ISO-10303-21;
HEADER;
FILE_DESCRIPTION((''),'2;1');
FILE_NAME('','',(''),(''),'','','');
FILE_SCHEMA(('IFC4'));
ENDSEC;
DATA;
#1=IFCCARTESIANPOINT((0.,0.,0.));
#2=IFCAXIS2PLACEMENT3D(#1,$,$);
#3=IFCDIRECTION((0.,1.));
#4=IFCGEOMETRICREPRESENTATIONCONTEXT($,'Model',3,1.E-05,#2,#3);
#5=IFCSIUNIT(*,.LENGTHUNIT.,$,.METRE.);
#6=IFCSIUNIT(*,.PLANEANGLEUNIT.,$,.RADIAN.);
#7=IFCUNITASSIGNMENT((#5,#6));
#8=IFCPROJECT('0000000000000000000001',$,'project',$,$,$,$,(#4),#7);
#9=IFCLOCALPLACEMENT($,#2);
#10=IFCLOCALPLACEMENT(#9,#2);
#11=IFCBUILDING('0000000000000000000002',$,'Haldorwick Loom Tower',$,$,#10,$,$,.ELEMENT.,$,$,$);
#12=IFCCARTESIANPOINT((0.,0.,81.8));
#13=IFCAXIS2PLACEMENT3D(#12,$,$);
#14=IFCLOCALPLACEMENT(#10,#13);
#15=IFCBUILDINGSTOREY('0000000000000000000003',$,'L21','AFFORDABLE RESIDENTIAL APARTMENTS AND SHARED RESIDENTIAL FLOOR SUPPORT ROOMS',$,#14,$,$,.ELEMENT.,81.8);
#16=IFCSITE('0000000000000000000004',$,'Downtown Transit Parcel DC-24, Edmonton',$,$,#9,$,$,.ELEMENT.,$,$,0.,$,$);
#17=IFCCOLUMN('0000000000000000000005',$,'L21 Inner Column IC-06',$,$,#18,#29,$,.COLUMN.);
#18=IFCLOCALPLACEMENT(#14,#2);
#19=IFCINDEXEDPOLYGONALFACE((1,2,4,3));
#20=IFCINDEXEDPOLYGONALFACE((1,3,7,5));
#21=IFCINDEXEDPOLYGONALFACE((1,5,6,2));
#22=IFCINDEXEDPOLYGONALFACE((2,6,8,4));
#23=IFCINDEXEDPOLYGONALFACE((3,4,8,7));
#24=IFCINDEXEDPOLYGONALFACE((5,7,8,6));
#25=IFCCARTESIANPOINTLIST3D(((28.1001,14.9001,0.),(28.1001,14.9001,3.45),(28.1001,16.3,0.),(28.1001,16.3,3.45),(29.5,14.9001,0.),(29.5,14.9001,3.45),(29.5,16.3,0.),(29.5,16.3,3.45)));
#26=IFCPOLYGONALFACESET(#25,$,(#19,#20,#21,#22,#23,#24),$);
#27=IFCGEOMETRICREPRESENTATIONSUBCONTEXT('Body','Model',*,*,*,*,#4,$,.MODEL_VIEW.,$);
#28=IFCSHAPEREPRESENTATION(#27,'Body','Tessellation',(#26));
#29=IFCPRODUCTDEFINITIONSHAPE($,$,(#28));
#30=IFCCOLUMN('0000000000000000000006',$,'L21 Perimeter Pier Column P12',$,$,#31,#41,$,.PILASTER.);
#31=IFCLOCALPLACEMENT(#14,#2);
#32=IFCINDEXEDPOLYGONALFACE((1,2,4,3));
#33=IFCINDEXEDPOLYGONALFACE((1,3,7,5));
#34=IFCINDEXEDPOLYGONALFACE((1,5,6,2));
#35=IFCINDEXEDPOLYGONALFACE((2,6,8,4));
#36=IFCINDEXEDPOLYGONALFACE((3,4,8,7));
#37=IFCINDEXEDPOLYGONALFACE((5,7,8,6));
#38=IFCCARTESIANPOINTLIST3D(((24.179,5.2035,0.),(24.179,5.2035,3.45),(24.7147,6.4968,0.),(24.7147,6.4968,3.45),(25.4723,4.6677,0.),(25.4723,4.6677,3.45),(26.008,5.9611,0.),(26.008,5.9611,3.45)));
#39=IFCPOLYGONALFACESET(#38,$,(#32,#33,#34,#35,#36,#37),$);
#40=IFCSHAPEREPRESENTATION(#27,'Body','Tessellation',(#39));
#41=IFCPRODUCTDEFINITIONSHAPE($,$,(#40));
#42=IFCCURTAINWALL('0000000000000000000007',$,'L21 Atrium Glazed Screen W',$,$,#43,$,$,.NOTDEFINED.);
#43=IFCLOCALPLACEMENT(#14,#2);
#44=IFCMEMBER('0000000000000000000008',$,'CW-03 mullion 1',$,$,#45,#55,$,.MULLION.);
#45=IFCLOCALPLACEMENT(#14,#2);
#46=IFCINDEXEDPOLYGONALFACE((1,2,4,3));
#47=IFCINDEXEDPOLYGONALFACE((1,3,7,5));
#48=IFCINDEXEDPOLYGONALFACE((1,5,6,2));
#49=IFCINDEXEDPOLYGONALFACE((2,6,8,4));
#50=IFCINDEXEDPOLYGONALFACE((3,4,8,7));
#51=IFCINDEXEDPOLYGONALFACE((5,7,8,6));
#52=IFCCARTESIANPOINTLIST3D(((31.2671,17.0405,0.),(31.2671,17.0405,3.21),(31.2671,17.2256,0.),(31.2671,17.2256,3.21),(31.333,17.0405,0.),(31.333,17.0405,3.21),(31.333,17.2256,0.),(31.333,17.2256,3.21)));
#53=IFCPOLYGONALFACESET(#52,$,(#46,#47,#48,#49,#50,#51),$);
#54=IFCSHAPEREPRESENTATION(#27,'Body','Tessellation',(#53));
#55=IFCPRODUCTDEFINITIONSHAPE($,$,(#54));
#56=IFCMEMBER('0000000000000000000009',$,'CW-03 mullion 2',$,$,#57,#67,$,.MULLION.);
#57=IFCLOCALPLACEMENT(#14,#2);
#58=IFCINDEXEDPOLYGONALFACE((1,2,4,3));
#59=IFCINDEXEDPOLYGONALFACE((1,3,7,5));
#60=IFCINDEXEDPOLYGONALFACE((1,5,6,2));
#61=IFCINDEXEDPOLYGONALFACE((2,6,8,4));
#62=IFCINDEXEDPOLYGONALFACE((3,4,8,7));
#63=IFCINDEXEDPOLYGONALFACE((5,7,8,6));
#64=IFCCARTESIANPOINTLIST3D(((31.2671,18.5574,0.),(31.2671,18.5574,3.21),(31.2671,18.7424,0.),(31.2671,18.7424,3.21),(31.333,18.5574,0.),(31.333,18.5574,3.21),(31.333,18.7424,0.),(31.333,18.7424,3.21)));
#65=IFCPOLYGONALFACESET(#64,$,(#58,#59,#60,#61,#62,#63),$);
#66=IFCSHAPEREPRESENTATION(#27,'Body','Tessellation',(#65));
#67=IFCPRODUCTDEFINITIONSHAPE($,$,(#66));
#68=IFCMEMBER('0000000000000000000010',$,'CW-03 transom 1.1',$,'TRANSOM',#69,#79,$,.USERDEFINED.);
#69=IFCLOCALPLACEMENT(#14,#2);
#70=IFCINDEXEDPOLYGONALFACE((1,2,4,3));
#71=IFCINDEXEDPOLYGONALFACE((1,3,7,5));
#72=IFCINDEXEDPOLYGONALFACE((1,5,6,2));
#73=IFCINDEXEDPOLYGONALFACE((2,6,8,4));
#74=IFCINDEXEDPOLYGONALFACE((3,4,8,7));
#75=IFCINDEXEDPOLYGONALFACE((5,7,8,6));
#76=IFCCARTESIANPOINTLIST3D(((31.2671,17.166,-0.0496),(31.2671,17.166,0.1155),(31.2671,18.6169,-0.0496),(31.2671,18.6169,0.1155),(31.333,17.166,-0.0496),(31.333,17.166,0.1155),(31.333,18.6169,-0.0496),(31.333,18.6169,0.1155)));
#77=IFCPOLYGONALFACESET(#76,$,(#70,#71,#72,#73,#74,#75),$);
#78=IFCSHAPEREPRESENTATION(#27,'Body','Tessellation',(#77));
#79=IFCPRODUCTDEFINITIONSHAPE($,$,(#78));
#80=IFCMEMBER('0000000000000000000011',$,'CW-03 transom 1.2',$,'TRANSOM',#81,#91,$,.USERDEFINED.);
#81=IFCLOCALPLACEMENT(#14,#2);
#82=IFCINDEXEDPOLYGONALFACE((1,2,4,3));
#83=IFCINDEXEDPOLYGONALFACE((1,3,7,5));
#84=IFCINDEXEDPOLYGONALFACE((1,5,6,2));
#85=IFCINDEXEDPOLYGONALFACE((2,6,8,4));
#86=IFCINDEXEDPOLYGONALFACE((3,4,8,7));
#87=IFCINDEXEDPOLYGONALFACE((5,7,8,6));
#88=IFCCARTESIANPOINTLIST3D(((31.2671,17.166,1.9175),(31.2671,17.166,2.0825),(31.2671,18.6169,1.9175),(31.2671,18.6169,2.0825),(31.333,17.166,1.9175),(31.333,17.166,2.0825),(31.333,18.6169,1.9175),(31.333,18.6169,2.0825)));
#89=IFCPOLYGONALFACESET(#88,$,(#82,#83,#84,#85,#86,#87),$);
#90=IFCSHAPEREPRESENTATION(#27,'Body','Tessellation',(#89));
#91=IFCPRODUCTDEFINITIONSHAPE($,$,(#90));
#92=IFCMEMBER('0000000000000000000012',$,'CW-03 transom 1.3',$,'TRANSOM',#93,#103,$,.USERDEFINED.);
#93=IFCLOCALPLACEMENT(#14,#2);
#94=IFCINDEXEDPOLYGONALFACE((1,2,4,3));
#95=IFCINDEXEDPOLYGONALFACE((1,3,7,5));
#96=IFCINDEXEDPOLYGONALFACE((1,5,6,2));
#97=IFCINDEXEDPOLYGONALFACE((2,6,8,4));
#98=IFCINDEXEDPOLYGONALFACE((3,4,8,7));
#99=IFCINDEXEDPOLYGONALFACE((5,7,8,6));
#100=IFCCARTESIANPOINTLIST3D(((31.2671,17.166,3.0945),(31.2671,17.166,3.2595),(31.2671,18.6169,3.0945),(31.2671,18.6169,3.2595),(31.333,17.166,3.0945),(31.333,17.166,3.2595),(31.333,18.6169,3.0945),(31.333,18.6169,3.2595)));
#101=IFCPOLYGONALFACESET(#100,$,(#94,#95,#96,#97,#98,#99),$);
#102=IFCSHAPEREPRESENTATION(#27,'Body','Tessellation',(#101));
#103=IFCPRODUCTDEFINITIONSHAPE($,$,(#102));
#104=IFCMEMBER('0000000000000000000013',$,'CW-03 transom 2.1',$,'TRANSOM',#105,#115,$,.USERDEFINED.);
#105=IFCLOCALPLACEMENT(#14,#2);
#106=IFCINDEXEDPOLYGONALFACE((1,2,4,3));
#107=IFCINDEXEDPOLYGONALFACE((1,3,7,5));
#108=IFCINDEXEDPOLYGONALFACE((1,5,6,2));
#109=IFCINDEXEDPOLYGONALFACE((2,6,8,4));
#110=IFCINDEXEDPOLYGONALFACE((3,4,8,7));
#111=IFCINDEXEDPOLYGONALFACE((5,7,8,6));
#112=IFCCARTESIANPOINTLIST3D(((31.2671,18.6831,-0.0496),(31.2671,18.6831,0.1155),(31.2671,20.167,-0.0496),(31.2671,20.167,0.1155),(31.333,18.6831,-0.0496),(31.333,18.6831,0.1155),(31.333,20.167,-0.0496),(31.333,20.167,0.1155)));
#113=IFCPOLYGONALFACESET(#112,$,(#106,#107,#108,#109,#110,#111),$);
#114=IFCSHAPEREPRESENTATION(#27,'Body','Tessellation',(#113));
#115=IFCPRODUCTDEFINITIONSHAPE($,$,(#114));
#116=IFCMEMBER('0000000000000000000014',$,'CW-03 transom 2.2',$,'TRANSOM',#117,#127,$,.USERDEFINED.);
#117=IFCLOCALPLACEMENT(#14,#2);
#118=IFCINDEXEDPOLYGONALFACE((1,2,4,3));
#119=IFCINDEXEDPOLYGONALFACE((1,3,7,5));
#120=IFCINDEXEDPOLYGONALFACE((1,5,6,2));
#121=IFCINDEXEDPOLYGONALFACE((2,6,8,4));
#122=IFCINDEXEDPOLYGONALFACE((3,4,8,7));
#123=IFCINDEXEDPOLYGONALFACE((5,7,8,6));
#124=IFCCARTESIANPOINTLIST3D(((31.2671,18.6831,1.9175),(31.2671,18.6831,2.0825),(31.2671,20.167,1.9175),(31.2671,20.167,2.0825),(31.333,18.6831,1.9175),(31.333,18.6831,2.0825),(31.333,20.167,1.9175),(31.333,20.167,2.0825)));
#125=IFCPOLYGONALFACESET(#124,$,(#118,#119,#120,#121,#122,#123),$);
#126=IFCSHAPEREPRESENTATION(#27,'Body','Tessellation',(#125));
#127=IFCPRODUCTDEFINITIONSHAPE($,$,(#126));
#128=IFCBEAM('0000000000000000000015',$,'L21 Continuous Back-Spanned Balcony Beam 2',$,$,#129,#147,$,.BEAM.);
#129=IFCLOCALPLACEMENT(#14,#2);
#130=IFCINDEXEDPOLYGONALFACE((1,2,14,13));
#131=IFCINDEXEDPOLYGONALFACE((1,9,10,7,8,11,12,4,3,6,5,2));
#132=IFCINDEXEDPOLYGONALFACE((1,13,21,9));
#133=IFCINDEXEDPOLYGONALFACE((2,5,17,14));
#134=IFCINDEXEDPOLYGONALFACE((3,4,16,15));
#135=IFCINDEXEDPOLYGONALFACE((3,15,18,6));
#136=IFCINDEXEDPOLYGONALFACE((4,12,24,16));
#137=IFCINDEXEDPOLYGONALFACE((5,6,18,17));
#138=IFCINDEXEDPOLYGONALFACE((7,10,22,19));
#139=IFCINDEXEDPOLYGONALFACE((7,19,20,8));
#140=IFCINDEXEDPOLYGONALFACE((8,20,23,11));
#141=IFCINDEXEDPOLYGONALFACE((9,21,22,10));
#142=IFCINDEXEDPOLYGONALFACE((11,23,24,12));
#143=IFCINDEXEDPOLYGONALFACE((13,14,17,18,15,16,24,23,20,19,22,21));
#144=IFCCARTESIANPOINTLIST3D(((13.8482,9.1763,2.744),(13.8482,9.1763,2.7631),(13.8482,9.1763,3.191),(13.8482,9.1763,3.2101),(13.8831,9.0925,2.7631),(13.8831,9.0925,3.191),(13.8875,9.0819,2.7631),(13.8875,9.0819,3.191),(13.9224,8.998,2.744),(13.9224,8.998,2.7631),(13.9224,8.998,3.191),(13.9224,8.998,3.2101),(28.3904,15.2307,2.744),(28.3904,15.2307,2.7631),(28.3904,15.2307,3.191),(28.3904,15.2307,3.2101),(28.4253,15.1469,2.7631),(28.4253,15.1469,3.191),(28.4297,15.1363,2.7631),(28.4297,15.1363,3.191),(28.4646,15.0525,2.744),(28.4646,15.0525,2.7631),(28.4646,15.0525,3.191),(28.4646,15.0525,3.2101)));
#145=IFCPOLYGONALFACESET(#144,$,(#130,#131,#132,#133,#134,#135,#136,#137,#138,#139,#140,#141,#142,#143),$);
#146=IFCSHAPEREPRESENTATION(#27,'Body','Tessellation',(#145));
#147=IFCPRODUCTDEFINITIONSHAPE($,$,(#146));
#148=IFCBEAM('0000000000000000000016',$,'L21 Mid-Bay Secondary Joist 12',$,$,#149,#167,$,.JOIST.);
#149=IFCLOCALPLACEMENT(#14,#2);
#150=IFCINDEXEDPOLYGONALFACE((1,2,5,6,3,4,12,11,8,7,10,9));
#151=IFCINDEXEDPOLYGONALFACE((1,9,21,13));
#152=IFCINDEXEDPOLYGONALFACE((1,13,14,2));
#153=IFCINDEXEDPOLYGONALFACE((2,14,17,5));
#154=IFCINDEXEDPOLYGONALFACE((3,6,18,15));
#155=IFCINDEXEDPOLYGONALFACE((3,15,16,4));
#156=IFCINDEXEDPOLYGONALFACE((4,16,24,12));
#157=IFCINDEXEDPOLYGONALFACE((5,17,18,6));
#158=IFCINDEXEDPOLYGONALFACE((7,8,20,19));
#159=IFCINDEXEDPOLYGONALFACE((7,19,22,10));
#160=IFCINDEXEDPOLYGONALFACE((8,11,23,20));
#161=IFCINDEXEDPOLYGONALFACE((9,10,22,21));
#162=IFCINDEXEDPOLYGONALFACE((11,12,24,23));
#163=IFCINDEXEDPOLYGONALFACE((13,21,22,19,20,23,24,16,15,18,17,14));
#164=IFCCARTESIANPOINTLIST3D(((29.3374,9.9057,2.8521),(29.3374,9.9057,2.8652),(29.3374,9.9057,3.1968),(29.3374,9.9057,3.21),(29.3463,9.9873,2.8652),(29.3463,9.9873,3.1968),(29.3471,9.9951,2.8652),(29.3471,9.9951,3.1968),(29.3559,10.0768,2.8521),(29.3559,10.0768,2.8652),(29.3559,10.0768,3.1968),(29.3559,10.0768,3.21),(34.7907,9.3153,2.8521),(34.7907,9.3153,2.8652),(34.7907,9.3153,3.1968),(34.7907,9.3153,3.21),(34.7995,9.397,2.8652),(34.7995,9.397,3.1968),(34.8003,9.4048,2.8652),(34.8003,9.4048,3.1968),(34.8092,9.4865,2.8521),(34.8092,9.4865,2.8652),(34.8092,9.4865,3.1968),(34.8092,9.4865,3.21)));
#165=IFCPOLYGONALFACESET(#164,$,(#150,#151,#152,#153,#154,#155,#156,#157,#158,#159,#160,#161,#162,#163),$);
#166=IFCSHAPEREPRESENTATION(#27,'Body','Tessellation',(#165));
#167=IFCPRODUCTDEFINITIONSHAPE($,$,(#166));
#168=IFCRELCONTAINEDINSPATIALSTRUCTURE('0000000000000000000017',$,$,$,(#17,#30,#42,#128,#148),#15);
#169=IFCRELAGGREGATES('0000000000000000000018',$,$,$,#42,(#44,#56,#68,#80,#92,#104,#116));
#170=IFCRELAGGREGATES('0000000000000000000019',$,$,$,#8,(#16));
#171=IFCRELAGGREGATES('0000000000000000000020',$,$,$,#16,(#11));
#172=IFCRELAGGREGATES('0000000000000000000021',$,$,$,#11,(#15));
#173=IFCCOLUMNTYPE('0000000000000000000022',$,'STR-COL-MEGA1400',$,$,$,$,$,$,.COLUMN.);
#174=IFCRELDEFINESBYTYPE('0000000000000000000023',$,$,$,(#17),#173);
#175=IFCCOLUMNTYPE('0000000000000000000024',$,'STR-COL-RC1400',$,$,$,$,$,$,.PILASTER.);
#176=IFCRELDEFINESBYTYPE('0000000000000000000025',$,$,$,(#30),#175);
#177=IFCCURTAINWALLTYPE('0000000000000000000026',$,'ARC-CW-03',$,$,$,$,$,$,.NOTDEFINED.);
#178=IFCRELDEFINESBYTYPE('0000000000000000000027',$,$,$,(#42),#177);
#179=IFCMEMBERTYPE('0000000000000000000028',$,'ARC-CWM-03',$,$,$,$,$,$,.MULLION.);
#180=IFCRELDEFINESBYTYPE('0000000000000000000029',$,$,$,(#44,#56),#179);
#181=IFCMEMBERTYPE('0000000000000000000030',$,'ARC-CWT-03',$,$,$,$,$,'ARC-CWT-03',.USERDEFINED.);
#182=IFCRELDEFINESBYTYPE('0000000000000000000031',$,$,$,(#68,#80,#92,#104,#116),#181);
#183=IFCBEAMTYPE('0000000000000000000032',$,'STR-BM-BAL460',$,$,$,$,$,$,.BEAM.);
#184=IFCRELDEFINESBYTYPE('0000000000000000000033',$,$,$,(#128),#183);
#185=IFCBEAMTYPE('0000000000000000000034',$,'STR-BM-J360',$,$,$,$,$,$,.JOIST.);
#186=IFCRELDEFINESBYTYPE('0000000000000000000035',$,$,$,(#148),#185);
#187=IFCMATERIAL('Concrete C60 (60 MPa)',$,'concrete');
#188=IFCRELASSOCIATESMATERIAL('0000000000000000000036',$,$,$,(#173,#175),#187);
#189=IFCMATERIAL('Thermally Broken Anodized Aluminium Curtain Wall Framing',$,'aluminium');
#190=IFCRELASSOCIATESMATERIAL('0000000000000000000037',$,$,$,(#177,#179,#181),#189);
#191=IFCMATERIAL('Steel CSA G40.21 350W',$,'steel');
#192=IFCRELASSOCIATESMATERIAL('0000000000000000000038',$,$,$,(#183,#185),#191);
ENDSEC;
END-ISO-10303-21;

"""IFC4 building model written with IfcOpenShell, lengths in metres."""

from ifc_helpers import new_model, si_unit, direction, frame, origin, origin_2d, place, context, subcontext, project, spatial, rectangle, i_section, extrude, material, material_profile, profile_set, type_object, element, aggregate, save


model = new_model("IFC4")

# Units and contexts
model_context = context("Model", 3, precision=1e-05, world=origin(), true_north=direction((0.0, 1.0)))
body_context = subcontext(model_context, "Body", "Model", "MODEL_VIEW")
ifc_project = project(units=[si_unit("LENGTHUNIT", "METRE"), si_unit("PLANEANGLEUNIT", "RADIAN")], contexts=[model_context])

# Site, building, storey
site_placement = place(None, origin())
site = spatial("IfcSite", under=ifc_project, at=site_placement, Name="Downtown Transit Parcel DC-24, Edmonton", CompositionType="ELEMENT", RefElevation=0.0)
building_placement = place(site_placement, origin())
building = spatial("IfcBuilding", under=site, at=building_placement, Name="Haldorwick Loom Tower", CompositionType="ELEMENT")
storey_placement = place(building_placement, frame((0.0, 0.0, 81.8)))
storey = spatial("IfcBuildingStorey", under=building, at=storey_placement, Name="L21", Description="AFFORDABLE RESIDENTIAL APARTMENTS AND SHARED RESIDENTIAL FLOOR SUPPORT ROOMS", CompositionType="ELEMENT", Elevation=81.8)

# Columns
ifc_material_1 = material(Name="Concrete C60 (60 MPa)", Category="concrete")
ifc_material_profile_1 = material_profile(ifc_material_1, rectangle(XDim=1.3999, YDim=1.3999, at=origin_2d()), Name="RC1400X1400", Category="concrete")
ifc_profile_set_1 = profile_set([ifc_material_profile_1], Name="Concrete C60 (60 MPa)")
column_type_1 = type_object("IfcColumnType", Name="STR-COL-MEGA1400", PredefinedType="COLUMN", material=ifc_profile_set_1)
column_1_placement = place(storey_placement, frame((28.8, 15.6001, 0.0), z_axis=(0.0, 0.0, 1.0), x_axis=(1.0, 0.0, 0.0)))
element("IfcColumn", 1, at=column_1_placement, inside=storey, type_object=column_type_1, Name="L21 Inner Column IC-06", PredefinedType="COLUMN", context=body_context, shape_type="SweptSolid", body=[
    extrude(rectangle(XDim=1.3999, YDim=1.3999, at=origin_2d()), origin(), (0.0, 0.0, 1.0), 3.45),
])
ifc_material_profile_2 = material_profile(ifc_material_1, rectangle(XDim=1.3999, YDim=1.3999, at=origin_2d()), Name="RC1400X1400", Category="concrete")
ifc_profile_set_2 = profile_set([ifc_material_profile_2], Name="Concrete C60 (60 MPa)")
column_type_2 = type_object("IfcColumnType", Name="STR-COL-RC1400", PredefinedType="PILASTER", material=ifc_profile_set_2)
column_2_placement = place(storey_placement, frame((25.0935, 5.5823, 0.0), z_axis=(0.0, 0.0, 1.0), x_axis=(-0.382683, -0.92388, 0.0)))
element("IfcColumn", 2, at=column_2_placement, inside=storey, type_object=column_type_2, Name="L21 Perimeter Pier Column P12", PredefinedType="PILASTER", context=body_context, shape_type="SweptSolid", body=[
    extrude(rectangle(XDim=1.3999, YDim=1.3999, at=origin_2d()), origin(), (0.0, 0.0, 1.0), 3.45),
])

# Curtain wall, members
ifc_material_2 = material(Name="Thermally Broken Anodized Aluminium Curtain Wall Framing", Category="aluminium")
curtain_wall_type = type_object("IfcCurtainWallType", Name="ARC-CW-03", PredefinedType="NOTDEFINED", material=ifc_material_2)
curtain_wall_placement = place(storey_placement, origin())
curtain_wall = element("IfcCurtainWall", 3, at=curtain_wall_placement, inside=storey, type_object=curtain_wall_type, Name="L21 Atrium Glazed Screen W", PredefinedType="NOTDEFINED")
ifc_material_profile_3 = material_profile(ifc_material_2, rectangle(XDim=0.0659, YDim=0.1851, at=origin_2d()), Name="ALU_MUL_66X185", Category="aluminium")
ifc_profile_set_3 = profile_set([ifc_material_profile_3], Name="Thermally Broken Anodized Aluminium Curtain Wall Framing")
member_type_1 = type_object("IfcMemberType", Name="ARC-CWM-03", PredefinedType="MULLION", material=ifc_profile_set_3)
member_1_placement = place(storey_placement, frame((31.3, 17.1331, 0.0), z_axis=(0.0, 0.0, 1.0), x_axis=(-1.0, 0.0, 0.0)))
member_1 = element("IfcMember", 4, at=member_1_placement, type_object=member_type_1, Name="CW-03 mullion 1", PredefinedType="MULLION", context=body_context, shape_type="SweptSolid", body=[
    extrude(rectangle(XDim=0.0659, YDim=0.1851, at=origin_2d()), origin(), (0.0, 0.0, 1.0), 3.21),
])
member_2_placement = place(storey_placement, frame((31.3, 18.6499, 0.0), z_axis=(0.0, 0.0, 1.0), x_axis=(-1.0, 0.0, 0.0)))
member_2 = element("IfcMember", 5, at=member_2_placement, type_object=member_type_1, Name="CW-03 mullion 2", PredefinedType="MULLION", context=body_context, shape_type="SweptSolid", body=[
    extrude(rectangle(XDim=0.0659, YDim=0.1851, at=origin_2d()), origin(), (0.0, 0.0, 1.0), 3.21),
])
ifc_material_profile_4 = material_profile(ifc_material_2, rectangle(XDim=0.0659, YDim=0.165, at=origin_2d()), Name="ALU_TRN_66X165", Category="aluminium")
ifc_profile_set_4 = profile_set([ifc_material_profile_4], Name="Thermally Broken Anodized Aluminium Curtain Wall Framing")
member_type_2 = type_object("IfcMemberType", Name="ARC-CWT-03", ElementType="ARC-CWT-03", PredefinedType="USERDEFINED", material=ifc_profile_set_4)
member_3_placement = place(storey_placement, frame((31.3, 17.166, 0.033), z_axis=(0.0, 1.0, 0.0), x_axis=(-1.0, 0.0, 0.0)))
member_3 = element("IfcMember", 6, at=member_3_placement, type_object=member_type_2, Name="CW-03 transom 1.1", ObjectType="TRANSOM", PredefinedType="USERDEFINED", context=body_context, shape_type="SweptSolid", body=[
    extrude(rectangle(XDim=0.0659, YDim=0.165, at=origin_2d()), origin(), (0.0, 0.0, 1.0), 1.4509),
])
member_4_placement = place(storey_placement, frame((31.3, 17.166, 2.0), z_axis=(0.0, 1.0, 0.0), x_axis=(-1.0, 0.0, 0.0)))
member_4 = element("IfcMember", 7, at=member_4_placement, type_object=member_type_2, Name="CW-03 transom 1.2", ObjectType="TRANSOM", PredefinedType="USERDEFINED", context=body_context, shape_type="SweptSolid", body=[
    extrude(rectangle(XDim=0.0659, YDim=0.165, at=origin_2d()), origin(), (0.0, 0.0, 1.0), 1.4509),
])
member_5_placement = place(storey_placement, frame((31.3, 17.166, 3.177), z_axis=(0.0, 1.0, 0.0), x_axis=(-1.0, 0.0, 0.0)))
member_5 = element("IfcMember", 8, at=member_5_placement, type_object=member_type_2, Name="CW-03 transom 1.3", ObjectType="TRANSOM", PredefinedType="USERDEFINED", context=body_context, shape_type="SweptSolid", body=[
    extrude(rectangle(XDim=0.0659, YDim=0.165, at=origin_2d()), origin(), (0.0, 0.0, 1.0), 1.4509),
])
member_6_placement = place(storey_placement, frame((31.3, 18.6831, 0.033), z_axis=(0.0, 1.0, 0.0), x_axis=(-1.0, 0.0, 0.0)))
member_6 = element("IfcMember", 9, at=member_6_placement, type_object=member_type_2, Name="CW-03 transom 2.1", ObjectType="TRANSOM", PredefinedType="USERDEFINED", context=body_context, shape_type="SweptSolid", body=[
    extrude(rectangle(XDim=0.0659, YDim=0.165, at=origin_2d()), origin(), (0.0, 0.0, 1.0), 1.4839),
])
member_7_placement = place(storey_placement, frame((31.3, 18.6831, 2.0), z_axis=(0.0, 1.0, 0.0), x_axis=(-1.0, 0.0, 0.0)))
member_7 = element("IfcMember", 10, at=member_7_placement, type_object=member_type_2, Name="CW-03 transom 2.2", ObjectType="TRANSOM", PredefinedType="USERDEFINED", context=body_context, shape_type="SweptSolid", body=[
    extrude(rectangle(XDim=0.0659, YDim=0.165, at=origin_2d()), origin(), (0.0, 0.0, 1.0), 1.4839),
])

# Beams
ifc_material_3 = material(Name="Steel CSA G40.21 350W", Category="steel")
ifc_material_profile_5 = material_profile(ifc_material_3, i_section(OverallWidth=0.1931, OverallDepth=0.4661, WebThickness=0.0115, FlangeThickness=0.019, at=origin_2d()), Name="W460X97", Category="steel")
ifc_profile_set_5 = profile_set([ifc_material_profile_5], Name="Steel CSA G40.21 350W")
beam_type_1 = type_object("IfcBeamType", Name="STR-BM-BAL460", PredefinedType="BEAM", material=ifc_profile_set_5)
beam_1_placement = place(storey_placement, frame((28.4275, 15.1416, 2.9771), z_axis=(-0.923186, -0.384355, 0.0), x_axis=(0.384355, -0.923186, 0.0)))
element("IfcBeam", 11, at=beam_1_placement, inside=storey, type_object=beam_type_1, Name="L21 Continuous Back-Spanned Balcony Beam 2", PredefinedType="BEAM", context=body_context, shape_type="SweptSolid", body=[
    extrude(i_section(OverallWidth=0.1931, OverallDepth=0.4661, WebThickness=0.0115, FlangeThickness=0.019, at=origin_2d()), origin(), (0.0, 0.0, 1.0), 15.7522),
])
ifc_material_profile_6 = material_profile(ifc_material_3, i_section(OverallWidth=0.1721, OverallDepth=0.3579, WebThickness=0.0078, FlangeThickness=0.0132, at=origin_2d()), Name="W360X57", Category="steel")
ifc_profile_set_6 = profile_set([ifc_material_profile_6], Name="Steel CSA G40.21 350W")
beam_type_2 = type_object("IfcBeamType", Name="STR-BM-J360", PredefinedType="JOIST", material=ifc_profile_set_6)
beam_2_placement = place(storey_placement, frame((29.3467, 9.9912, 3.031), z_axis=(0.994192, -0.107622, 0.0), x_axis=(0.107622, 0.994192, 0.0)))
element("IfcBeam", 12, at=beam_2_placement, inside=storey, type_object=beam_type_2, Name="L21 Mid-Bay Secondary Joist 12", PredefinedType="JOIST", context=body_context, shape_type="SweptSolid", body=[
    extrude(i_section(OverallWidth=0.1721, OverallDepth=0.3579, WebThickness=0.0078, FlangeThickness=0.0132, at=origin_2d()), origin(), (0.0, 0.0, 1.0), 5.4851),
])

aggregate(curtain_wall, [member_1, member_2, member_3, member_4, member_5, member_6, member_7])

save(model, "model.ifc")
